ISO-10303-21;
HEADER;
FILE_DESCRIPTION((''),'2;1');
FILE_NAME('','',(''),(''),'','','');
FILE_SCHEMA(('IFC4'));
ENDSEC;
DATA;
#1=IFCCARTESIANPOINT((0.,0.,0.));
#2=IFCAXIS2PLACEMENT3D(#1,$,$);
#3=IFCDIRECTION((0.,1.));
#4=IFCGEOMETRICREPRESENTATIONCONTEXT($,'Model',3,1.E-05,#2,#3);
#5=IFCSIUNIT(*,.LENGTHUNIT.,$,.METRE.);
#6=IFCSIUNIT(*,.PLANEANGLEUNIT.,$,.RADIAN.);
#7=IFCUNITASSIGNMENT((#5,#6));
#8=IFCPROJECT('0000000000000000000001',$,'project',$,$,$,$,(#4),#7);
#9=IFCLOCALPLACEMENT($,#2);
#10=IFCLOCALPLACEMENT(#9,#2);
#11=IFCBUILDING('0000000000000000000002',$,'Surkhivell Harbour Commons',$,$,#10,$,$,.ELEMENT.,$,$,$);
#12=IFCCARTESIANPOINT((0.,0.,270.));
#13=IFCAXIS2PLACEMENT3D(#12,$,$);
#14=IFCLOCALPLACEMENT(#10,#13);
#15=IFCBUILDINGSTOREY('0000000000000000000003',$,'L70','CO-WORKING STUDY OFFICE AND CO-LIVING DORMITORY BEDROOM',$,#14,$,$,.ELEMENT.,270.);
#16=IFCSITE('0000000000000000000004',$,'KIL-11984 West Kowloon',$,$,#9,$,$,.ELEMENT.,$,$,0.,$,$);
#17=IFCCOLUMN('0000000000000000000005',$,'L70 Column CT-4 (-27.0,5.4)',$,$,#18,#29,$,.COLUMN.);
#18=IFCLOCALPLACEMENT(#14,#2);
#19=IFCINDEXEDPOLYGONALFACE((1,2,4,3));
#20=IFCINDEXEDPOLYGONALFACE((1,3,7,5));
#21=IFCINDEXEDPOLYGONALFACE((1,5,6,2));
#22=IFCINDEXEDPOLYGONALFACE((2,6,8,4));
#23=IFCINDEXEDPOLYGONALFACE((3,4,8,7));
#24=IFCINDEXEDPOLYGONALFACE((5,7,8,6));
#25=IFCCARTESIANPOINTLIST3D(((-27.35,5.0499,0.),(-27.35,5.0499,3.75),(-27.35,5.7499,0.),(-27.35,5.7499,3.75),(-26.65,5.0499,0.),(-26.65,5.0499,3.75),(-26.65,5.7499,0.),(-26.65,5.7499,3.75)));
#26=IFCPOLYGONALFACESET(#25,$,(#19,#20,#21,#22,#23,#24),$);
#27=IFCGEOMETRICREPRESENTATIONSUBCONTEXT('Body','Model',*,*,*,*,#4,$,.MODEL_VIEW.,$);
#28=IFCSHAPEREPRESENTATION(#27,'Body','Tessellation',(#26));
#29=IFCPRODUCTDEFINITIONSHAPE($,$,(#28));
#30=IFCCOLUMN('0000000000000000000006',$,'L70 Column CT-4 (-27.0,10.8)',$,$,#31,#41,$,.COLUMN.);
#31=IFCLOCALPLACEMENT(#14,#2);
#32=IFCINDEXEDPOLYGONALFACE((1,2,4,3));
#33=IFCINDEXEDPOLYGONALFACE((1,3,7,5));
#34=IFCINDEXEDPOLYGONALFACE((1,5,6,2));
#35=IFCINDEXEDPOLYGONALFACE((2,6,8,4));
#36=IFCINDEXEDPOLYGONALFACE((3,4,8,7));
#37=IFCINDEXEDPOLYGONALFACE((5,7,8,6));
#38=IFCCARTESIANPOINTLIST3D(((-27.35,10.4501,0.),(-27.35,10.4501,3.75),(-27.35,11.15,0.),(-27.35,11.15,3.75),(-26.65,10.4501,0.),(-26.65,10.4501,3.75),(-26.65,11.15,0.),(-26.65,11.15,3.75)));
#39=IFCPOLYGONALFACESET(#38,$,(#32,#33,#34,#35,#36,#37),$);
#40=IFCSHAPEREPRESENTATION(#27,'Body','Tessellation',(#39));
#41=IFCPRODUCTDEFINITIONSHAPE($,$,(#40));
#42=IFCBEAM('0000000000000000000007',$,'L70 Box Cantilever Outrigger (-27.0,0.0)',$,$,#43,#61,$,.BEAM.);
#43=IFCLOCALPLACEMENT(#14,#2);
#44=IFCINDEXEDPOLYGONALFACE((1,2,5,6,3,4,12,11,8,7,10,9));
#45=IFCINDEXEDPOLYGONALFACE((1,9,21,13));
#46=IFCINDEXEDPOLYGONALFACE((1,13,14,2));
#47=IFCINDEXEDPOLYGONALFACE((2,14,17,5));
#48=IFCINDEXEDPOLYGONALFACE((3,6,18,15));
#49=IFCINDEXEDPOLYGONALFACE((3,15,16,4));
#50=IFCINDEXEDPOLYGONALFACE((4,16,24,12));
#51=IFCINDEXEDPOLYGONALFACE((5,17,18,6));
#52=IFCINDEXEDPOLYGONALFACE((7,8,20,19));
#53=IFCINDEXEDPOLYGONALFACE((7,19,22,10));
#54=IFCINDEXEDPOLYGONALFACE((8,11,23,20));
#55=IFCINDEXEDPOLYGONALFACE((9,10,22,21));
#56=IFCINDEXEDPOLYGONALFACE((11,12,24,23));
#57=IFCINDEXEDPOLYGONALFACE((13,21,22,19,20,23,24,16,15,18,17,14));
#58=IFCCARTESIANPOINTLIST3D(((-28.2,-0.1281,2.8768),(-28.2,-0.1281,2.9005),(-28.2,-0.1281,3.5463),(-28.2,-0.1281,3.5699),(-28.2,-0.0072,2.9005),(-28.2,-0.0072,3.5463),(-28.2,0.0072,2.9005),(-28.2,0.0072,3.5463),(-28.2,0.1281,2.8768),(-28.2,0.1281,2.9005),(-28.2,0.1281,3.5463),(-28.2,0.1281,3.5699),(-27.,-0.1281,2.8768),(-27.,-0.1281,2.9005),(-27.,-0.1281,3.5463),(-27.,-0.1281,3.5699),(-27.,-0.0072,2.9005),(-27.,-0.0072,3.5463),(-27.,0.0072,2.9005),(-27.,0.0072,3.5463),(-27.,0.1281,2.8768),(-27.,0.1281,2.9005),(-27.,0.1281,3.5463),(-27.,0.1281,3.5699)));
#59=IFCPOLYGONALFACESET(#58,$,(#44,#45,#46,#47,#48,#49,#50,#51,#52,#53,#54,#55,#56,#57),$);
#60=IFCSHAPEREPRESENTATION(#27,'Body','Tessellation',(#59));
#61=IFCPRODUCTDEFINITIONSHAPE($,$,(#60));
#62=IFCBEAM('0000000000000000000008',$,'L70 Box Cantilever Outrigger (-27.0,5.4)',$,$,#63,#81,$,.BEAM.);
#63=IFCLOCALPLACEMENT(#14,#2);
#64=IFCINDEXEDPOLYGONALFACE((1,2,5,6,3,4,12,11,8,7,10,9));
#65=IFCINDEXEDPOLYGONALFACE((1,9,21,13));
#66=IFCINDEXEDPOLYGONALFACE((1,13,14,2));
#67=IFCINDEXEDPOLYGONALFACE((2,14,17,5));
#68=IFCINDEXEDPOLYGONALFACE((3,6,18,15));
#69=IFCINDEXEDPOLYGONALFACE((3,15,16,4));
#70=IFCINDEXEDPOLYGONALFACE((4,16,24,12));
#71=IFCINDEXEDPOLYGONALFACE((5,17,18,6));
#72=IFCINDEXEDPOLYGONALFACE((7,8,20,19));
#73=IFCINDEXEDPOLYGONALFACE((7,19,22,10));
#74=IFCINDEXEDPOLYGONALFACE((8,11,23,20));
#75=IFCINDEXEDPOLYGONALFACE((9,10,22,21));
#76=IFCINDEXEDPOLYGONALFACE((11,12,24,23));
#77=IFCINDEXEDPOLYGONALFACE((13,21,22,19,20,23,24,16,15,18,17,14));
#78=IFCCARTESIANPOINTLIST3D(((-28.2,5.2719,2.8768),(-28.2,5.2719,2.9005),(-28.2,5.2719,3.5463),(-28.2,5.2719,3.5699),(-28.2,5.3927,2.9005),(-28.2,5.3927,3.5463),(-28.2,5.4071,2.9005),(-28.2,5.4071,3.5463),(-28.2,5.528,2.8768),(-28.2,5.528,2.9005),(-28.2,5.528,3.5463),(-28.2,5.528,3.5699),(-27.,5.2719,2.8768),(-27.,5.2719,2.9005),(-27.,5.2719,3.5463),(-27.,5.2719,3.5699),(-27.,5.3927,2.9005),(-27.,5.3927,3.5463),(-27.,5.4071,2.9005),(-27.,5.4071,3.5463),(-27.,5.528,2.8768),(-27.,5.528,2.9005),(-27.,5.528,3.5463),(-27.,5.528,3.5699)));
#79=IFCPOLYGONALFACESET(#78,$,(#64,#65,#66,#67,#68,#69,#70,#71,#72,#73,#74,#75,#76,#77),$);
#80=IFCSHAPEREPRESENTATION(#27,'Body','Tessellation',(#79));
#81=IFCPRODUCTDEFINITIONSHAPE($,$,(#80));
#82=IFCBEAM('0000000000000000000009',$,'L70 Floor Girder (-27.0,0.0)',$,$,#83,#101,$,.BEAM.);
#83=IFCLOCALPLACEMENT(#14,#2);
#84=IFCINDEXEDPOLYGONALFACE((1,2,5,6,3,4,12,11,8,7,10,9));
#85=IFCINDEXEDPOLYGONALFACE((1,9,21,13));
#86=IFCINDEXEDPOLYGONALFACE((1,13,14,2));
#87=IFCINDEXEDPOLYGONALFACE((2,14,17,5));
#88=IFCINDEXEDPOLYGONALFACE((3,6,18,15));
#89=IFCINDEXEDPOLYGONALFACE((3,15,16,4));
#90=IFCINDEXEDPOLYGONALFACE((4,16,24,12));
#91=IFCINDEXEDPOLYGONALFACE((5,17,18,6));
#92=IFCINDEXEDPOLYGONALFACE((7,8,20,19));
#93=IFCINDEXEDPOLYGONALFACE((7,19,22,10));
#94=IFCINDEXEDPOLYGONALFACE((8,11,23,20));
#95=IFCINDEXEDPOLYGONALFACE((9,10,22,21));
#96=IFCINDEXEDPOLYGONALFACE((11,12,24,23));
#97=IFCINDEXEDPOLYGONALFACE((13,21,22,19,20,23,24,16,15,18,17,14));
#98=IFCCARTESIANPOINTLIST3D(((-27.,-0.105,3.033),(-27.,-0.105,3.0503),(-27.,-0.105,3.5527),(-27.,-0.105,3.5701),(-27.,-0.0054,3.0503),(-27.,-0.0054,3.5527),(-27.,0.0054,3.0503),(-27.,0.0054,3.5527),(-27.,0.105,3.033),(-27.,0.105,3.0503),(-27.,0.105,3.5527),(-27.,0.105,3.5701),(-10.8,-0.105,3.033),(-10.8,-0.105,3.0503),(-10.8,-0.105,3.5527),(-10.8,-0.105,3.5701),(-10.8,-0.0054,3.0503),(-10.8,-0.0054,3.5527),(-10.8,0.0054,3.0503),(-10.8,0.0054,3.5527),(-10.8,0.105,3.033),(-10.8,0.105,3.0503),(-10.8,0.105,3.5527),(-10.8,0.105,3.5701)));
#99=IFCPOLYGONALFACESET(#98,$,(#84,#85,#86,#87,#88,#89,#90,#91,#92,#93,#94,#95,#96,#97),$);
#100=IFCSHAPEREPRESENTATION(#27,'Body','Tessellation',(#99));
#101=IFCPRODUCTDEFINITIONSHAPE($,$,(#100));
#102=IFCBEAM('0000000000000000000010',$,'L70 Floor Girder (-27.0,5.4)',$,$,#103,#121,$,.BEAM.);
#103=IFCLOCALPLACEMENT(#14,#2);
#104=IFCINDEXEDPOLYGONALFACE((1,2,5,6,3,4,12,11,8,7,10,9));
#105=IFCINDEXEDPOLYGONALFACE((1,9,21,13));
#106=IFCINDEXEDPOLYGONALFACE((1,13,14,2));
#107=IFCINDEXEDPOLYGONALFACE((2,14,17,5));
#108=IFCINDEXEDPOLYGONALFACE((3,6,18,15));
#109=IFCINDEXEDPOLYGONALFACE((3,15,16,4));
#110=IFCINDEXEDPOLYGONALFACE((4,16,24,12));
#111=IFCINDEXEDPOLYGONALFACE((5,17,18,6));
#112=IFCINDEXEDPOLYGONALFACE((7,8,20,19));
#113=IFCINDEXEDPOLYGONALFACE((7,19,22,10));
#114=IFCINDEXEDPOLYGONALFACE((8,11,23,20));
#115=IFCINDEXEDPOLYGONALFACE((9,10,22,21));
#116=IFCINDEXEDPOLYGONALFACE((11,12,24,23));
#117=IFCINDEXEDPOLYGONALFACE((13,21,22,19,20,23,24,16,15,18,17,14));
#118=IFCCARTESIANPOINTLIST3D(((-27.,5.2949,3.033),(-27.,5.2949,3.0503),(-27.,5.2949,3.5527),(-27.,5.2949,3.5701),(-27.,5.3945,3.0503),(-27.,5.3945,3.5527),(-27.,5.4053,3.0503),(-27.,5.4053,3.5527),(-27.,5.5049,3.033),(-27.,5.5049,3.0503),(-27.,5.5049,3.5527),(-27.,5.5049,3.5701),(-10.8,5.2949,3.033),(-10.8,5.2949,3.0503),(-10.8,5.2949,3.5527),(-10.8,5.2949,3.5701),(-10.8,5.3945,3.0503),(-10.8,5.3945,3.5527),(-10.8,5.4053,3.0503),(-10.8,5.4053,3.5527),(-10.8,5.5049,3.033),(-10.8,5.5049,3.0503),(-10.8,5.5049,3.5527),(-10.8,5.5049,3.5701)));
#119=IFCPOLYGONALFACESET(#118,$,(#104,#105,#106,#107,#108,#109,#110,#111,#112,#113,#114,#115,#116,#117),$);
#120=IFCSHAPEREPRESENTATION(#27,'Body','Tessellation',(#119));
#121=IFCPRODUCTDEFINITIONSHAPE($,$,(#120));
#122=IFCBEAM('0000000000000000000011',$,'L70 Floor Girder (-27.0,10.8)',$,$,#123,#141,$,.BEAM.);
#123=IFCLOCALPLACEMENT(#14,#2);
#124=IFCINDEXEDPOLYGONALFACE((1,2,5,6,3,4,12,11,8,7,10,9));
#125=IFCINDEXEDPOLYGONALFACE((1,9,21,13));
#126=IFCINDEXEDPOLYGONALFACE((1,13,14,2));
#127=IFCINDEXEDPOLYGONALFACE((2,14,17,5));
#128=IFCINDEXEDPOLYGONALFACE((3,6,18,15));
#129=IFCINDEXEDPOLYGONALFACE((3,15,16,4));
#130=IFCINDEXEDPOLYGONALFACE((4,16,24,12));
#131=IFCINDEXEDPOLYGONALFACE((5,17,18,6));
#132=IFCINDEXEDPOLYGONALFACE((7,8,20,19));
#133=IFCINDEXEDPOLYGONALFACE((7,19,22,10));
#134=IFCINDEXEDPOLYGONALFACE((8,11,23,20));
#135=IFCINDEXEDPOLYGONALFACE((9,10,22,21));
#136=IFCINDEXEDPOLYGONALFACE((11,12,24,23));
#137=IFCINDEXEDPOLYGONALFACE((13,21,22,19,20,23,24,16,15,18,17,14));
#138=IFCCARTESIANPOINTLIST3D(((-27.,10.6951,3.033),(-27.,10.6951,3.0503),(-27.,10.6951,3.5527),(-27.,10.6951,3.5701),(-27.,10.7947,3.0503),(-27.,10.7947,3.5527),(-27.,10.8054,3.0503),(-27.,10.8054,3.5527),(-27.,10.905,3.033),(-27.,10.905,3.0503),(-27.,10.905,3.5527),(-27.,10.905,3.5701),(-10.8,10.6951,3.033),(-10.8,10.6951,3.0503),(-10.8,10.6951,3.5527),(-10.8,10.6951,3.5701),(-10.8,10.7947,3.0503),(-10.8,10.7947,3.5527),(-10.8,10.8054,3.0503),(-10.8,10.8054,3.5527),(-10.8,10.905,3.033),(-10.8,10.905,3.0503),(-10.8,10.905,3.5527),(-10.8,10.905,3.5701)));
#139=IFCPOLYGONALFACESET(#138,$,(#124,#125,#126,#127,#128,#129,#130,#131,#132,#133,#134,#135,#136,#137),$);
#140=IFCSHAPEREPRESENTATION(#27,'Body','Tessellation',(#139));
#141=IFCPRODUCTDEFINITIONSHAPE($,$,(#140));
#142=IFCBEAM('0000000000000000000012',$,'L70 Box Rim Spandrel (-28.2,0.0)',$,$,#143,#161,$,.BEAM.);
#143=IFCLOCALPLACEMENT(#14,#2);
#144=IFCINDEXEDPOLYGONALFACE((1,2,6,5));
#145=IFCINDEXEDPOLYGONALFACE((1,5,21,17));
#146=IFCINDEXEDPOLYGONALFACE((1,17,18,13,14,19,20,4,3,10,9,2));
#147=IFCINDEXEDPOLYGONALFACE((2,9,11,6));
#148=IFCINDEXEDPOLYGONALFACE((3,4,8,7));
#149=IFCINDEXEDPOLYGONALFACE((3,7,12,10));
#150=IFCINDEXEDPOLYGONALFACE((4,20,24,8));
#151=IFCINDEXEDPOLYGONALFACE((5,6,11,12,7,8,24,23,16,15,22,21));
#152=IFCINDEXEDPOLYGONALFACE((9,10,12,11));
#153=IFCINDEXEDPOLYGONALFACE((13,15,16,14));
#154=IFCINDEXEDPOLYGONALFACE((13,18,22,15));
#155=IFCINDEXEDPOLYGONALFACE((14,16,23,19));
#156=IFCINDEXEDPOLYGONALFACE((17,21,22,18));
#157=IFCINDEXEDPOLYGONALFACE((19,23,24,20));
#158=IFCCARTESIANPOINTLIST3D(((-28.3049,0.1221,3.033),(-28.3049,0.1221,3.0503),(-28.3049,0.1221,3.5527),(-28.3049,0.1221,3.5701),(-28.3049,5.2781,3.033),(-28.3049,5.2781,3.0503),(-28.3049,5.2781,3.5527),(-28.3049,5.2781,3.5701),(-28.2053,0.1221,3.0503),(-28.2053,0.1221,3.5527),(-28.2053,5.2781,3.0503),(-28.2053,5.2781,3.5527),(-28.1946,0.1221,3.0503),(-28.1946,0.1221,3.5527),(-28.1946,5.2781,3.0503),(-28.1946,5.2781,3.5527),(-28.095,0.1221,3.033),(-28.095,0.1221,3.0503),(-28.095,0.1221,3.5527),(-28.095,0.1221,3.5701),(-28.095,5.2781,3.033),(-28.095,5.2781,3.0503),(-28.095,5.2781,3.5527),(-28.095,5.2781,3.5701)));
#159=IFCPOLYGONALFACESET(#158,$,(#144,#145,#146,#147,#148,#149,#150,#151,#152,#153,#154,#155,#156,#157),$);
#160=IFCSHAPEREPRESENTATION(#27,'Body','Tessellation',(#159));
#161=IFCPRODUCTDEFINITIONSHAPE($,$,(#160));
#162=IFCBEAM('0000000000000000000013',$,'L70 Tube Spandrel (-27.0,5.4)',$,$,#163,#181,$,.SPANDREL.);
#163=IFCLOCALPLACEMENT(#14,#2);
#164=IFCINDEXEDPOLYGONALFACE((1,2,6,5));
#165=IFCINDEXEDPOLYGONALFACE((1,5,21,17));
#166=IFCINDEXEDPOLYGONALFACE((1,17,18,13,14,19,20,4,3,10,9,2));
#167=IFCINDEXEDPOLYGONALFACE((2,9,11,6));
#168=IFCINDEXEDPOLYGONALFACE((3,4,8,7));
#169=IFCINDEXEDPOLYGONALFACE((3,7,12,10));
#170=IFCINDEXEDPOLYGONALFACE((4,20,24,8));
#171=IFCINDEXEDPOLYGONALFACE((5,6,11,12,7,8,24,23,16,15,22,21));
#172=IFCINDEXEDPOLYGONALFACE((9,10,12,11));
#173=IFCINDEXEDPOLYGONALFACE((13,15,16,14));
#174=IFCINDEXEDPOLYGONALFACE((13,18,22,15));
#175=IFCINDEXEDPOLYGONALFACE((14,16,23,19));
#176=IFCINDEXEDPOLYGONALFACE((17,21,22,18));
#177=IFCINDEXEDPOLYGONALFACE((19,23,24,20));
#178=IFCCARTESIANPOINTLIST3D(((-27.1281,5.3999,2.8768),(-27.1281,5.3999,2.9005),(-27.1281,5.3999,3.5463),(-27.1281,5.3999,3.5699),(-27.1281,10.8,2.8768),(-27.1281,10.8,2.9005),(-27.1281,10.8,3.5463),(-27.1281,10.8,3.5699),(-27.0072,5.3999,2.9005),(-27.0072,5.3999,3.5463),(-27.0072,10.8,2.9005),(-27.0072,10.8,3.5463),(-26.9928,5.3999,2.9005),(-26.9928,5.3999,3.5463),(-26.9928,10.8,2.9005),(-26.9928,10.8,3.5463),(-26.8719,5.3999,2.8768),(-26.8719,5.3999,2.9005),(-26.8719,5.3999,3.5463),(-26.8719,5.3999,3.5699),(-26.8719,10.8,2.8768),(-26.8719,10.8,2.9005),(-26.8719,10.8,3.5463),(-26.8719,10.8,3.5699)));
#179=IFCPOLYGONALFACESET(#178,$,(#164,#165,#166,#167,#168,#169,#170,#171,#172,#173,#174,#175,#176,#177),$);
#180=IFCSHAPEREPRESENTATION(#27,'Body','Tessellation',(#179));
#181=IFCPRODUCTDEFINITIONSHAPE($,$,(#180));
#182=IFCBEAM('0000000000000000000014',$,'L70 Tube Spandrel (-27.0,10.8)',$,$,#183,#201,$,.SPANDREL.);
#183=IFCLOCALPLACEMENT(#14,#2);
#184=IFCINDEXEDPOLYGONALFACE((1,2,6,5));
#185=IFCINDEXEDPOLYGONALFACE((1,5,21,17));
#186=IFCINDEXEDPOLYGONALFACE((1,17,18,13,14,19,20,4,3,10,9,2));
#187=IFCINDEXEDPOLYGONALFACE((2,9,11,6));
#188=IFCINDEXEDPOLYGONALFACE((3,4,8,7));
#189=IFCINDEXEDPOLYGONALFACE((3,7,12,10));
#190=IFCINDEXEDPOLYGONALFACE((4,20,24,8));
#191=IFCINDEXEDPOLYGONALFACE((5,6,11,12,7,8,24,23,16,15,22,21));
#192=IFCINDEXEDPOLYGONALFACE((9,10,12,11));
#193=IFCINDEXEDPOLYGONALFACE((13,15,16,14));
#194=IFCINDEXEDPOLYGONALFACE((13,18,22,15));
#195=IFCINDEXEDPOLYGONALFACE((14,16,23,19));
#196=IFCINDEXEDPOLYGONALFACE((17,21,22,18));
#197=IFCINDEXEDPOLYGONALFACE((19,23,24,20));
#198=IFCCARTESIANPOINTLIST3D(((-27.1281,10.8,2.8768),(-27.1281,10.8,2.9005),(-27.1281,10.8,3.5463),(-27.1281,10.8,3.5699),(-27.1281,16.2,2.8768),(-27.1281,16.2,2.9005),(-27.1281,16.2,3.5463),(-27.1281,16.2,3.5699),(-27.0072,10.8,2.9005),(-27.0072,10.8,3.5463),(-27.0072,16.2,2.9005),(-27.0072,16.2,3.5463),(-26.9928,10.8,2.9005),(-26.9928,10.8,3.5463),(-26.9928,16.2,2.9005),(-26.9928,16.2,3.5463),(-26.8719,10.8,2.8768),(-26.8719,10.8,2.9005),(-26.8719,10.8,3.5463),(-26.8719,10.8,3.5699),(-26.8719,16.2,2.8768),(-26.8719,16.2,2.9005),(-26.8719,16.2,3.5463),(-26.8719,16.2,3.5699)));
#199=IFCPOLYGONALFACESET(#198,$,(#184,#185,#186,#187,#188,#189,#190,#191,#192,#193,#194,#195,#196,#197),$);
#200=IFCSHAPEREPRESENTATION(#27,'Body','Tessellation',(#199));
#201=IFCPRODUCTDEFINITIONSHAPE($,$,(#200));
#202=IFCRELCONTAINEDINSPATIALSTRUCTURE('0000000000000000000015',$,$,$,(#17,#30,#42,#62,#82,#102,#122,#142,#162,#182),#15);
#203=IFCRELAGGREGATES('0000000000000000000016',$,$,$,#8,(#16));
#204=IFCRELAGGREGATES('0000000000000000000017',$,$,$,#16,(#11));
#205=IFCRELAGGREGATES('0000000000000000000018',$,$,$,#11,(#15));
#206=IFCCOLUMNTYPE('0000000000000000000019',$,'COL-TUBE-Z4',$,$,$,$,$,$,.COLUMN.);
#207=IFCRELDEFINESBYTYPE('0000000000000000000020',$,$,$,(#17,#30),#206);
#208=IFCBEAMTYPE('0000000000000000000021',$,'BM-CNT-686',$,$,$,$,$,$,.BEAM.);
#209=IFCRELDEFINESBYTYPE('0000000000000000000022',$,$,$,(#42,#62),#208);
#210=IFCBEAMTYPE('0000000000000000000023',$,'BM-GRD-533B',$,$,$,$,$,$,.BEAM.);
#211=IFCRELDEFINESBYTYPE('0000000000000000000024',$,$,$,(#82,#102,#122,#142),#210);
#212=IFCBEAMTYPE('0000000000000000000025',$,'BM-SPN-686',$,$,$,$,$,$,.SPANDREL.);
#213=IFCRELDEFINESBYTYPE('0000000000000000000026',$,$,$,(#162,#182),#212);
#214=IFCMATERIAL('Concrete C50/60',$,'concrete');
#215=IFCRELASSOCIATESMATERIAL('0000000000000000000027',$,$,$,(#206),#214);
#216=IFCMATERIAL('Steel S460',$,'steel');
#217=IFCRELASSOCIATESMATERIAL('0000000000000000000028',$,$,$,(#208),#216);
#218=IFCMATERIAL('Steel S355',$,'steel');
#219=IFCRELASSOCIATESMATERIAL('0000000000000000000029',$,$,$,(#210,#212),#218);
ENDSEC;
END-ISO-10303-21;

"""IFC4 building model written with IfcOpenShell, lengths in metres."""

from ifc_helpers import new_model, si_unit, direction, frame, origin, origin_2d, place, context, subcontext, project, spatial, rectangle, i_section, extrude, material, material_profile, profile_set, type_object, element, save


model = new_model("IFC4")

# Units and contexts
model_context = context("Model", 3, precision=1e-05, world=origin(), true_north=direction((0.0, 1.0)))
body_context = subcontext(model_context, "Body", "Model", "MODEL_VIEW")
ifc_project = project(units=[si_unit("LENGTHUNIT", "METRE"), si_unit("PLANEANGLEUNIT", "RADIAN")], contexts=[model_context])

# Site, building, storey
site_placement = place(None, origin())
site = spatial("IfcSite", under=ifc_project, at=site_placement, Name="KIL-11984 West Kowloon", CompositionType="ELEMENT", RefElevation=0.0)
building_placement = place(site_placement, origin())
building = spatial("IfcBuilding", under=site, at=building_placement, Name="Surkhivell Harbour Commons", CompositionType="ELEMENT")
storey_placement = place(building_placement, frame((0.0, 0.0, 270.0)))
storey = spatial("IfcBuildingStorey", under=building, at=storey_placement, Name="L70", Description="CO-WORKING STUDY OFFICE AND CO-LIVING DORMITORY BEDROOM", CompositionType="ELEMENT", Elevation=270.0)

# Columns
ifc_material_1 = material(Name="Concrete C50/60", Category="concrete")
ifc_material_profile_1 = material_profile(ifc_material_1, rectangle(XDim=0.7, YDim=0.7, at=origin_2d()), Name="RC-COL-700x700")
ifc_profile_set_1 = profile_set([ifc_material_profile_1], Name="Concrete C50/60")
column_type = type_object("IfcColumnType", Name="COL-TUBE-Z4", PredefinedType="COLUMN", material=ifc_profile_set_1)
for number, where, z_axis, x_axis, name in (
    (1, (-27.0, 5.3999, 0.0), (0.0, 0.0, 1.0), (1.0, 0.0, 0.0), "L70 Column CT-4 (-27.0,5.4)"),
    (2, (-27.0, 10.8, 0.0), (0.0, 0.0, 1.0), (1.0, 0.0, 0.0), "L70 Column CT-4 (-27.0,10.8)"),
):
    element("IfcColumn", number, at=place(storey_placement, frame(where, z_axis=z_axis, x_axis=x_axis)), inside=storey, type_object=column_type, Name=name, PredefinedType="COLUMN", context=body_context, shape_type="SweptSolid", body=[
        extrude(rectangle(XDim=0.7, YDim=0.7, at=origin_2d()), origin(), (0.0, 0.0, 1.0), 3.75),
    ])

# Beams
ifc_material_2 = material(Name="Steel S460", Category="steel")
ifc_material_profile_2 = material_profile(ifc_material_2, i_section(OverallWidth=0.2561, OverallDepth=0.6931, WebThickness=0.0144, FlangeThickness=0.0237, at=origin_2d()), Name="UB686x254x170")
ifc_profile_set_2 = profile_set([ifc_material_profile_2], Name="Steel S460")
beam_type_1 = type_object("IfcBeamType", Name="BM-CNT-686", PredefinedType="BEAM", material=ifc_profile_set_2)
for number, where, z_axis, x_axis, name in (
    (3, (-27.0, 0.0, 3.2234), (-1.0, 0.0, 0.0), (0.0, -1.0, 0.0), "L70 Box Cantilever Outrigger (-27.0,0.0)"),
    (4, (-27.0, 5.3999, 3.2234), (-1.0, 0.0, 0.0), (0.0, -1.0, 0.0), "L70 Box Cantilever Outrigger (-27.0,5.4)"),
):
    element("IfcBeam", number, at=place(storey_placement, frame(where, z_axis=z_axis, x_axis=x_axis)), inside=storey, type_object=beam_type_1, Name=name, PredefinedType="BEAM", context=body_context, shape_type="SweptSolid", body=[
        extrude(i_section(OverallWidth=0.2561, OverallDepth=0.6931, WebThickness=0.0144, FlangeThickness=0.0237, at=origin_2d()), origin(), (0.0, 0.0, 1.0), 1.2),
    ])
ifc_material_3 = material(Name="Steel S355", Category="steel")
ifc_material_profile_3 = material_profile(ifc_material_3, i_section(OverallWidth=0.21, OverallDepth=0.5371, WebThickness=0.0107, FlangeThickness=0.0173, at=origin_2d()), Name="UB533x210x101")
ifc_profile_set_3 = profile_set([ifc_material_profile_3], Name="Steel S355")
beam_type_2 = type_object("IfcBeamType", Name="BM-GRD-533B", PredefinedType="BEAM", material=ifc_profile_set_3)
for number, where, z_axis, x_axis, name in (
    (5, (-27.0, 0.0, 3.3015), (1.0, 0.0, 0.0), (0.0, 1.0, 0.0), "L70 Floor Girder (-27.0,0.0)"),
    (6, (-27.0, 5.3999, 3.3015), (1.0, 0.0, 0.0), (0.0, 1.0, 0.0), "L70 Floor Girder (-27.0,5.4)"),
    (7, (-27.0, 10.8, 3.3015), (1.0, 0.0, 0.0), (0.0, 1.0, 0.0), "L70 Floor Girder (-27.0,10.8)"),
):
    element("IfcBeam", number, at=place(storey_placement, frame(where, z_axis=z_axis, x_axis=x_axis)), inside=storey, type_object=beam_type_2, Name=name, PredefinedType="BEAM", context=body_context, shape_type="SweptSolid", body=[
        extrude(i_section(OverallWidth=0.21, OverallDepth=0.5371, WebThickness=0.0107, FlangeThickness=0.0173, at=origin_2d()), origin(), (0.0, 0.0, 1.0), 16.2),
    ])
beam_1_placement = place(storey_placement, frame((-28.2, 0.1221, 3.3015), z_axis=(0.0, 1.0, 0.0), x_axis=(-1.0, 0.0, 0.0)))
element("IfcBeam", 8, at=beam_1_placement, inside=storey, type_object=beam_type_2, Name="L70 Box Rim Spandrel (-28.2,0.0)", PredefinedType="BEAM", context=body_context, shape_type="SweptSolid", body=[
    extrude(i_section(OverallWidth=0.21, OverallDepth=0.5371, WebThickness=0.0107, FlangeThickness=0.0173, at=origin_2d()), origin(), (0.0, 0.0, 1.0), 5.156),
])
ifc_material_profile_4 = material_profile(ifc_material_3, i_section(OverallWidth=0.2561, OverallDepth=0.6931, WebThickness=0.0144, FlangeThickness=0.0237, at=origin_2d()), Name="UB686x254x170")
ifc_profile_set_4 = profile_set([ifc_material_profile_4], Name="Steel S355")
beam_type_3 = type_object("IfcBeamType", Name="BM-SPN-686", PredefinedType="SPANDREL", material=ifc_profile_set_4)
beam_2_placement = place(storey_placement, frame((-27.0, 5.3999, 3.2234), z_axis=(0.0, 1.0, 0.0), x_axis=(-1.0, 0.0, 0.0)))
element("IfcBeam", 9, at=beam_2_placement, inside=storey, type_object=beam_type_3, Name="L70 Tube Spandrel (-27.0,5.4)", PredefinedType="SPANDREL", context=body_context, shape_type="SweptSolid", body=[
    extrude(i_section(OverallWidth=0.2561, OverallDepth=0.6931, WebThickness=0.0144, FlangeThickness=0.0237, at=origin_2d()), origin(), (0.0, 0.0, 1.0), 5.4001),
])
beam_3_placement = place(storey_placement, frame((-27.0, 10.8, 3.2234), z_axis=(0.0, 1.0, 0.0), x_axis=(-1.0, 0.0, 0.0)))
element("IfcBeam", 10, at=beam_3_placement, inside=storey, type_object=beam_type_3, Name="L70 Tube Spandrel (-27.0,10.8)", PredefinedType="SPANDREL", context=body_context, shape_type="SweptSolid", body=[
    extrude(i_section(OverallWidth=0.2561, OverallDepth=0.6931, WebThickness=0.0144, FlangeThickness=0.0237, at=origin_2d()), origin(), (0.0, 0.0, 1.0), 5.3999),
])

save(model, "model.ifc")
